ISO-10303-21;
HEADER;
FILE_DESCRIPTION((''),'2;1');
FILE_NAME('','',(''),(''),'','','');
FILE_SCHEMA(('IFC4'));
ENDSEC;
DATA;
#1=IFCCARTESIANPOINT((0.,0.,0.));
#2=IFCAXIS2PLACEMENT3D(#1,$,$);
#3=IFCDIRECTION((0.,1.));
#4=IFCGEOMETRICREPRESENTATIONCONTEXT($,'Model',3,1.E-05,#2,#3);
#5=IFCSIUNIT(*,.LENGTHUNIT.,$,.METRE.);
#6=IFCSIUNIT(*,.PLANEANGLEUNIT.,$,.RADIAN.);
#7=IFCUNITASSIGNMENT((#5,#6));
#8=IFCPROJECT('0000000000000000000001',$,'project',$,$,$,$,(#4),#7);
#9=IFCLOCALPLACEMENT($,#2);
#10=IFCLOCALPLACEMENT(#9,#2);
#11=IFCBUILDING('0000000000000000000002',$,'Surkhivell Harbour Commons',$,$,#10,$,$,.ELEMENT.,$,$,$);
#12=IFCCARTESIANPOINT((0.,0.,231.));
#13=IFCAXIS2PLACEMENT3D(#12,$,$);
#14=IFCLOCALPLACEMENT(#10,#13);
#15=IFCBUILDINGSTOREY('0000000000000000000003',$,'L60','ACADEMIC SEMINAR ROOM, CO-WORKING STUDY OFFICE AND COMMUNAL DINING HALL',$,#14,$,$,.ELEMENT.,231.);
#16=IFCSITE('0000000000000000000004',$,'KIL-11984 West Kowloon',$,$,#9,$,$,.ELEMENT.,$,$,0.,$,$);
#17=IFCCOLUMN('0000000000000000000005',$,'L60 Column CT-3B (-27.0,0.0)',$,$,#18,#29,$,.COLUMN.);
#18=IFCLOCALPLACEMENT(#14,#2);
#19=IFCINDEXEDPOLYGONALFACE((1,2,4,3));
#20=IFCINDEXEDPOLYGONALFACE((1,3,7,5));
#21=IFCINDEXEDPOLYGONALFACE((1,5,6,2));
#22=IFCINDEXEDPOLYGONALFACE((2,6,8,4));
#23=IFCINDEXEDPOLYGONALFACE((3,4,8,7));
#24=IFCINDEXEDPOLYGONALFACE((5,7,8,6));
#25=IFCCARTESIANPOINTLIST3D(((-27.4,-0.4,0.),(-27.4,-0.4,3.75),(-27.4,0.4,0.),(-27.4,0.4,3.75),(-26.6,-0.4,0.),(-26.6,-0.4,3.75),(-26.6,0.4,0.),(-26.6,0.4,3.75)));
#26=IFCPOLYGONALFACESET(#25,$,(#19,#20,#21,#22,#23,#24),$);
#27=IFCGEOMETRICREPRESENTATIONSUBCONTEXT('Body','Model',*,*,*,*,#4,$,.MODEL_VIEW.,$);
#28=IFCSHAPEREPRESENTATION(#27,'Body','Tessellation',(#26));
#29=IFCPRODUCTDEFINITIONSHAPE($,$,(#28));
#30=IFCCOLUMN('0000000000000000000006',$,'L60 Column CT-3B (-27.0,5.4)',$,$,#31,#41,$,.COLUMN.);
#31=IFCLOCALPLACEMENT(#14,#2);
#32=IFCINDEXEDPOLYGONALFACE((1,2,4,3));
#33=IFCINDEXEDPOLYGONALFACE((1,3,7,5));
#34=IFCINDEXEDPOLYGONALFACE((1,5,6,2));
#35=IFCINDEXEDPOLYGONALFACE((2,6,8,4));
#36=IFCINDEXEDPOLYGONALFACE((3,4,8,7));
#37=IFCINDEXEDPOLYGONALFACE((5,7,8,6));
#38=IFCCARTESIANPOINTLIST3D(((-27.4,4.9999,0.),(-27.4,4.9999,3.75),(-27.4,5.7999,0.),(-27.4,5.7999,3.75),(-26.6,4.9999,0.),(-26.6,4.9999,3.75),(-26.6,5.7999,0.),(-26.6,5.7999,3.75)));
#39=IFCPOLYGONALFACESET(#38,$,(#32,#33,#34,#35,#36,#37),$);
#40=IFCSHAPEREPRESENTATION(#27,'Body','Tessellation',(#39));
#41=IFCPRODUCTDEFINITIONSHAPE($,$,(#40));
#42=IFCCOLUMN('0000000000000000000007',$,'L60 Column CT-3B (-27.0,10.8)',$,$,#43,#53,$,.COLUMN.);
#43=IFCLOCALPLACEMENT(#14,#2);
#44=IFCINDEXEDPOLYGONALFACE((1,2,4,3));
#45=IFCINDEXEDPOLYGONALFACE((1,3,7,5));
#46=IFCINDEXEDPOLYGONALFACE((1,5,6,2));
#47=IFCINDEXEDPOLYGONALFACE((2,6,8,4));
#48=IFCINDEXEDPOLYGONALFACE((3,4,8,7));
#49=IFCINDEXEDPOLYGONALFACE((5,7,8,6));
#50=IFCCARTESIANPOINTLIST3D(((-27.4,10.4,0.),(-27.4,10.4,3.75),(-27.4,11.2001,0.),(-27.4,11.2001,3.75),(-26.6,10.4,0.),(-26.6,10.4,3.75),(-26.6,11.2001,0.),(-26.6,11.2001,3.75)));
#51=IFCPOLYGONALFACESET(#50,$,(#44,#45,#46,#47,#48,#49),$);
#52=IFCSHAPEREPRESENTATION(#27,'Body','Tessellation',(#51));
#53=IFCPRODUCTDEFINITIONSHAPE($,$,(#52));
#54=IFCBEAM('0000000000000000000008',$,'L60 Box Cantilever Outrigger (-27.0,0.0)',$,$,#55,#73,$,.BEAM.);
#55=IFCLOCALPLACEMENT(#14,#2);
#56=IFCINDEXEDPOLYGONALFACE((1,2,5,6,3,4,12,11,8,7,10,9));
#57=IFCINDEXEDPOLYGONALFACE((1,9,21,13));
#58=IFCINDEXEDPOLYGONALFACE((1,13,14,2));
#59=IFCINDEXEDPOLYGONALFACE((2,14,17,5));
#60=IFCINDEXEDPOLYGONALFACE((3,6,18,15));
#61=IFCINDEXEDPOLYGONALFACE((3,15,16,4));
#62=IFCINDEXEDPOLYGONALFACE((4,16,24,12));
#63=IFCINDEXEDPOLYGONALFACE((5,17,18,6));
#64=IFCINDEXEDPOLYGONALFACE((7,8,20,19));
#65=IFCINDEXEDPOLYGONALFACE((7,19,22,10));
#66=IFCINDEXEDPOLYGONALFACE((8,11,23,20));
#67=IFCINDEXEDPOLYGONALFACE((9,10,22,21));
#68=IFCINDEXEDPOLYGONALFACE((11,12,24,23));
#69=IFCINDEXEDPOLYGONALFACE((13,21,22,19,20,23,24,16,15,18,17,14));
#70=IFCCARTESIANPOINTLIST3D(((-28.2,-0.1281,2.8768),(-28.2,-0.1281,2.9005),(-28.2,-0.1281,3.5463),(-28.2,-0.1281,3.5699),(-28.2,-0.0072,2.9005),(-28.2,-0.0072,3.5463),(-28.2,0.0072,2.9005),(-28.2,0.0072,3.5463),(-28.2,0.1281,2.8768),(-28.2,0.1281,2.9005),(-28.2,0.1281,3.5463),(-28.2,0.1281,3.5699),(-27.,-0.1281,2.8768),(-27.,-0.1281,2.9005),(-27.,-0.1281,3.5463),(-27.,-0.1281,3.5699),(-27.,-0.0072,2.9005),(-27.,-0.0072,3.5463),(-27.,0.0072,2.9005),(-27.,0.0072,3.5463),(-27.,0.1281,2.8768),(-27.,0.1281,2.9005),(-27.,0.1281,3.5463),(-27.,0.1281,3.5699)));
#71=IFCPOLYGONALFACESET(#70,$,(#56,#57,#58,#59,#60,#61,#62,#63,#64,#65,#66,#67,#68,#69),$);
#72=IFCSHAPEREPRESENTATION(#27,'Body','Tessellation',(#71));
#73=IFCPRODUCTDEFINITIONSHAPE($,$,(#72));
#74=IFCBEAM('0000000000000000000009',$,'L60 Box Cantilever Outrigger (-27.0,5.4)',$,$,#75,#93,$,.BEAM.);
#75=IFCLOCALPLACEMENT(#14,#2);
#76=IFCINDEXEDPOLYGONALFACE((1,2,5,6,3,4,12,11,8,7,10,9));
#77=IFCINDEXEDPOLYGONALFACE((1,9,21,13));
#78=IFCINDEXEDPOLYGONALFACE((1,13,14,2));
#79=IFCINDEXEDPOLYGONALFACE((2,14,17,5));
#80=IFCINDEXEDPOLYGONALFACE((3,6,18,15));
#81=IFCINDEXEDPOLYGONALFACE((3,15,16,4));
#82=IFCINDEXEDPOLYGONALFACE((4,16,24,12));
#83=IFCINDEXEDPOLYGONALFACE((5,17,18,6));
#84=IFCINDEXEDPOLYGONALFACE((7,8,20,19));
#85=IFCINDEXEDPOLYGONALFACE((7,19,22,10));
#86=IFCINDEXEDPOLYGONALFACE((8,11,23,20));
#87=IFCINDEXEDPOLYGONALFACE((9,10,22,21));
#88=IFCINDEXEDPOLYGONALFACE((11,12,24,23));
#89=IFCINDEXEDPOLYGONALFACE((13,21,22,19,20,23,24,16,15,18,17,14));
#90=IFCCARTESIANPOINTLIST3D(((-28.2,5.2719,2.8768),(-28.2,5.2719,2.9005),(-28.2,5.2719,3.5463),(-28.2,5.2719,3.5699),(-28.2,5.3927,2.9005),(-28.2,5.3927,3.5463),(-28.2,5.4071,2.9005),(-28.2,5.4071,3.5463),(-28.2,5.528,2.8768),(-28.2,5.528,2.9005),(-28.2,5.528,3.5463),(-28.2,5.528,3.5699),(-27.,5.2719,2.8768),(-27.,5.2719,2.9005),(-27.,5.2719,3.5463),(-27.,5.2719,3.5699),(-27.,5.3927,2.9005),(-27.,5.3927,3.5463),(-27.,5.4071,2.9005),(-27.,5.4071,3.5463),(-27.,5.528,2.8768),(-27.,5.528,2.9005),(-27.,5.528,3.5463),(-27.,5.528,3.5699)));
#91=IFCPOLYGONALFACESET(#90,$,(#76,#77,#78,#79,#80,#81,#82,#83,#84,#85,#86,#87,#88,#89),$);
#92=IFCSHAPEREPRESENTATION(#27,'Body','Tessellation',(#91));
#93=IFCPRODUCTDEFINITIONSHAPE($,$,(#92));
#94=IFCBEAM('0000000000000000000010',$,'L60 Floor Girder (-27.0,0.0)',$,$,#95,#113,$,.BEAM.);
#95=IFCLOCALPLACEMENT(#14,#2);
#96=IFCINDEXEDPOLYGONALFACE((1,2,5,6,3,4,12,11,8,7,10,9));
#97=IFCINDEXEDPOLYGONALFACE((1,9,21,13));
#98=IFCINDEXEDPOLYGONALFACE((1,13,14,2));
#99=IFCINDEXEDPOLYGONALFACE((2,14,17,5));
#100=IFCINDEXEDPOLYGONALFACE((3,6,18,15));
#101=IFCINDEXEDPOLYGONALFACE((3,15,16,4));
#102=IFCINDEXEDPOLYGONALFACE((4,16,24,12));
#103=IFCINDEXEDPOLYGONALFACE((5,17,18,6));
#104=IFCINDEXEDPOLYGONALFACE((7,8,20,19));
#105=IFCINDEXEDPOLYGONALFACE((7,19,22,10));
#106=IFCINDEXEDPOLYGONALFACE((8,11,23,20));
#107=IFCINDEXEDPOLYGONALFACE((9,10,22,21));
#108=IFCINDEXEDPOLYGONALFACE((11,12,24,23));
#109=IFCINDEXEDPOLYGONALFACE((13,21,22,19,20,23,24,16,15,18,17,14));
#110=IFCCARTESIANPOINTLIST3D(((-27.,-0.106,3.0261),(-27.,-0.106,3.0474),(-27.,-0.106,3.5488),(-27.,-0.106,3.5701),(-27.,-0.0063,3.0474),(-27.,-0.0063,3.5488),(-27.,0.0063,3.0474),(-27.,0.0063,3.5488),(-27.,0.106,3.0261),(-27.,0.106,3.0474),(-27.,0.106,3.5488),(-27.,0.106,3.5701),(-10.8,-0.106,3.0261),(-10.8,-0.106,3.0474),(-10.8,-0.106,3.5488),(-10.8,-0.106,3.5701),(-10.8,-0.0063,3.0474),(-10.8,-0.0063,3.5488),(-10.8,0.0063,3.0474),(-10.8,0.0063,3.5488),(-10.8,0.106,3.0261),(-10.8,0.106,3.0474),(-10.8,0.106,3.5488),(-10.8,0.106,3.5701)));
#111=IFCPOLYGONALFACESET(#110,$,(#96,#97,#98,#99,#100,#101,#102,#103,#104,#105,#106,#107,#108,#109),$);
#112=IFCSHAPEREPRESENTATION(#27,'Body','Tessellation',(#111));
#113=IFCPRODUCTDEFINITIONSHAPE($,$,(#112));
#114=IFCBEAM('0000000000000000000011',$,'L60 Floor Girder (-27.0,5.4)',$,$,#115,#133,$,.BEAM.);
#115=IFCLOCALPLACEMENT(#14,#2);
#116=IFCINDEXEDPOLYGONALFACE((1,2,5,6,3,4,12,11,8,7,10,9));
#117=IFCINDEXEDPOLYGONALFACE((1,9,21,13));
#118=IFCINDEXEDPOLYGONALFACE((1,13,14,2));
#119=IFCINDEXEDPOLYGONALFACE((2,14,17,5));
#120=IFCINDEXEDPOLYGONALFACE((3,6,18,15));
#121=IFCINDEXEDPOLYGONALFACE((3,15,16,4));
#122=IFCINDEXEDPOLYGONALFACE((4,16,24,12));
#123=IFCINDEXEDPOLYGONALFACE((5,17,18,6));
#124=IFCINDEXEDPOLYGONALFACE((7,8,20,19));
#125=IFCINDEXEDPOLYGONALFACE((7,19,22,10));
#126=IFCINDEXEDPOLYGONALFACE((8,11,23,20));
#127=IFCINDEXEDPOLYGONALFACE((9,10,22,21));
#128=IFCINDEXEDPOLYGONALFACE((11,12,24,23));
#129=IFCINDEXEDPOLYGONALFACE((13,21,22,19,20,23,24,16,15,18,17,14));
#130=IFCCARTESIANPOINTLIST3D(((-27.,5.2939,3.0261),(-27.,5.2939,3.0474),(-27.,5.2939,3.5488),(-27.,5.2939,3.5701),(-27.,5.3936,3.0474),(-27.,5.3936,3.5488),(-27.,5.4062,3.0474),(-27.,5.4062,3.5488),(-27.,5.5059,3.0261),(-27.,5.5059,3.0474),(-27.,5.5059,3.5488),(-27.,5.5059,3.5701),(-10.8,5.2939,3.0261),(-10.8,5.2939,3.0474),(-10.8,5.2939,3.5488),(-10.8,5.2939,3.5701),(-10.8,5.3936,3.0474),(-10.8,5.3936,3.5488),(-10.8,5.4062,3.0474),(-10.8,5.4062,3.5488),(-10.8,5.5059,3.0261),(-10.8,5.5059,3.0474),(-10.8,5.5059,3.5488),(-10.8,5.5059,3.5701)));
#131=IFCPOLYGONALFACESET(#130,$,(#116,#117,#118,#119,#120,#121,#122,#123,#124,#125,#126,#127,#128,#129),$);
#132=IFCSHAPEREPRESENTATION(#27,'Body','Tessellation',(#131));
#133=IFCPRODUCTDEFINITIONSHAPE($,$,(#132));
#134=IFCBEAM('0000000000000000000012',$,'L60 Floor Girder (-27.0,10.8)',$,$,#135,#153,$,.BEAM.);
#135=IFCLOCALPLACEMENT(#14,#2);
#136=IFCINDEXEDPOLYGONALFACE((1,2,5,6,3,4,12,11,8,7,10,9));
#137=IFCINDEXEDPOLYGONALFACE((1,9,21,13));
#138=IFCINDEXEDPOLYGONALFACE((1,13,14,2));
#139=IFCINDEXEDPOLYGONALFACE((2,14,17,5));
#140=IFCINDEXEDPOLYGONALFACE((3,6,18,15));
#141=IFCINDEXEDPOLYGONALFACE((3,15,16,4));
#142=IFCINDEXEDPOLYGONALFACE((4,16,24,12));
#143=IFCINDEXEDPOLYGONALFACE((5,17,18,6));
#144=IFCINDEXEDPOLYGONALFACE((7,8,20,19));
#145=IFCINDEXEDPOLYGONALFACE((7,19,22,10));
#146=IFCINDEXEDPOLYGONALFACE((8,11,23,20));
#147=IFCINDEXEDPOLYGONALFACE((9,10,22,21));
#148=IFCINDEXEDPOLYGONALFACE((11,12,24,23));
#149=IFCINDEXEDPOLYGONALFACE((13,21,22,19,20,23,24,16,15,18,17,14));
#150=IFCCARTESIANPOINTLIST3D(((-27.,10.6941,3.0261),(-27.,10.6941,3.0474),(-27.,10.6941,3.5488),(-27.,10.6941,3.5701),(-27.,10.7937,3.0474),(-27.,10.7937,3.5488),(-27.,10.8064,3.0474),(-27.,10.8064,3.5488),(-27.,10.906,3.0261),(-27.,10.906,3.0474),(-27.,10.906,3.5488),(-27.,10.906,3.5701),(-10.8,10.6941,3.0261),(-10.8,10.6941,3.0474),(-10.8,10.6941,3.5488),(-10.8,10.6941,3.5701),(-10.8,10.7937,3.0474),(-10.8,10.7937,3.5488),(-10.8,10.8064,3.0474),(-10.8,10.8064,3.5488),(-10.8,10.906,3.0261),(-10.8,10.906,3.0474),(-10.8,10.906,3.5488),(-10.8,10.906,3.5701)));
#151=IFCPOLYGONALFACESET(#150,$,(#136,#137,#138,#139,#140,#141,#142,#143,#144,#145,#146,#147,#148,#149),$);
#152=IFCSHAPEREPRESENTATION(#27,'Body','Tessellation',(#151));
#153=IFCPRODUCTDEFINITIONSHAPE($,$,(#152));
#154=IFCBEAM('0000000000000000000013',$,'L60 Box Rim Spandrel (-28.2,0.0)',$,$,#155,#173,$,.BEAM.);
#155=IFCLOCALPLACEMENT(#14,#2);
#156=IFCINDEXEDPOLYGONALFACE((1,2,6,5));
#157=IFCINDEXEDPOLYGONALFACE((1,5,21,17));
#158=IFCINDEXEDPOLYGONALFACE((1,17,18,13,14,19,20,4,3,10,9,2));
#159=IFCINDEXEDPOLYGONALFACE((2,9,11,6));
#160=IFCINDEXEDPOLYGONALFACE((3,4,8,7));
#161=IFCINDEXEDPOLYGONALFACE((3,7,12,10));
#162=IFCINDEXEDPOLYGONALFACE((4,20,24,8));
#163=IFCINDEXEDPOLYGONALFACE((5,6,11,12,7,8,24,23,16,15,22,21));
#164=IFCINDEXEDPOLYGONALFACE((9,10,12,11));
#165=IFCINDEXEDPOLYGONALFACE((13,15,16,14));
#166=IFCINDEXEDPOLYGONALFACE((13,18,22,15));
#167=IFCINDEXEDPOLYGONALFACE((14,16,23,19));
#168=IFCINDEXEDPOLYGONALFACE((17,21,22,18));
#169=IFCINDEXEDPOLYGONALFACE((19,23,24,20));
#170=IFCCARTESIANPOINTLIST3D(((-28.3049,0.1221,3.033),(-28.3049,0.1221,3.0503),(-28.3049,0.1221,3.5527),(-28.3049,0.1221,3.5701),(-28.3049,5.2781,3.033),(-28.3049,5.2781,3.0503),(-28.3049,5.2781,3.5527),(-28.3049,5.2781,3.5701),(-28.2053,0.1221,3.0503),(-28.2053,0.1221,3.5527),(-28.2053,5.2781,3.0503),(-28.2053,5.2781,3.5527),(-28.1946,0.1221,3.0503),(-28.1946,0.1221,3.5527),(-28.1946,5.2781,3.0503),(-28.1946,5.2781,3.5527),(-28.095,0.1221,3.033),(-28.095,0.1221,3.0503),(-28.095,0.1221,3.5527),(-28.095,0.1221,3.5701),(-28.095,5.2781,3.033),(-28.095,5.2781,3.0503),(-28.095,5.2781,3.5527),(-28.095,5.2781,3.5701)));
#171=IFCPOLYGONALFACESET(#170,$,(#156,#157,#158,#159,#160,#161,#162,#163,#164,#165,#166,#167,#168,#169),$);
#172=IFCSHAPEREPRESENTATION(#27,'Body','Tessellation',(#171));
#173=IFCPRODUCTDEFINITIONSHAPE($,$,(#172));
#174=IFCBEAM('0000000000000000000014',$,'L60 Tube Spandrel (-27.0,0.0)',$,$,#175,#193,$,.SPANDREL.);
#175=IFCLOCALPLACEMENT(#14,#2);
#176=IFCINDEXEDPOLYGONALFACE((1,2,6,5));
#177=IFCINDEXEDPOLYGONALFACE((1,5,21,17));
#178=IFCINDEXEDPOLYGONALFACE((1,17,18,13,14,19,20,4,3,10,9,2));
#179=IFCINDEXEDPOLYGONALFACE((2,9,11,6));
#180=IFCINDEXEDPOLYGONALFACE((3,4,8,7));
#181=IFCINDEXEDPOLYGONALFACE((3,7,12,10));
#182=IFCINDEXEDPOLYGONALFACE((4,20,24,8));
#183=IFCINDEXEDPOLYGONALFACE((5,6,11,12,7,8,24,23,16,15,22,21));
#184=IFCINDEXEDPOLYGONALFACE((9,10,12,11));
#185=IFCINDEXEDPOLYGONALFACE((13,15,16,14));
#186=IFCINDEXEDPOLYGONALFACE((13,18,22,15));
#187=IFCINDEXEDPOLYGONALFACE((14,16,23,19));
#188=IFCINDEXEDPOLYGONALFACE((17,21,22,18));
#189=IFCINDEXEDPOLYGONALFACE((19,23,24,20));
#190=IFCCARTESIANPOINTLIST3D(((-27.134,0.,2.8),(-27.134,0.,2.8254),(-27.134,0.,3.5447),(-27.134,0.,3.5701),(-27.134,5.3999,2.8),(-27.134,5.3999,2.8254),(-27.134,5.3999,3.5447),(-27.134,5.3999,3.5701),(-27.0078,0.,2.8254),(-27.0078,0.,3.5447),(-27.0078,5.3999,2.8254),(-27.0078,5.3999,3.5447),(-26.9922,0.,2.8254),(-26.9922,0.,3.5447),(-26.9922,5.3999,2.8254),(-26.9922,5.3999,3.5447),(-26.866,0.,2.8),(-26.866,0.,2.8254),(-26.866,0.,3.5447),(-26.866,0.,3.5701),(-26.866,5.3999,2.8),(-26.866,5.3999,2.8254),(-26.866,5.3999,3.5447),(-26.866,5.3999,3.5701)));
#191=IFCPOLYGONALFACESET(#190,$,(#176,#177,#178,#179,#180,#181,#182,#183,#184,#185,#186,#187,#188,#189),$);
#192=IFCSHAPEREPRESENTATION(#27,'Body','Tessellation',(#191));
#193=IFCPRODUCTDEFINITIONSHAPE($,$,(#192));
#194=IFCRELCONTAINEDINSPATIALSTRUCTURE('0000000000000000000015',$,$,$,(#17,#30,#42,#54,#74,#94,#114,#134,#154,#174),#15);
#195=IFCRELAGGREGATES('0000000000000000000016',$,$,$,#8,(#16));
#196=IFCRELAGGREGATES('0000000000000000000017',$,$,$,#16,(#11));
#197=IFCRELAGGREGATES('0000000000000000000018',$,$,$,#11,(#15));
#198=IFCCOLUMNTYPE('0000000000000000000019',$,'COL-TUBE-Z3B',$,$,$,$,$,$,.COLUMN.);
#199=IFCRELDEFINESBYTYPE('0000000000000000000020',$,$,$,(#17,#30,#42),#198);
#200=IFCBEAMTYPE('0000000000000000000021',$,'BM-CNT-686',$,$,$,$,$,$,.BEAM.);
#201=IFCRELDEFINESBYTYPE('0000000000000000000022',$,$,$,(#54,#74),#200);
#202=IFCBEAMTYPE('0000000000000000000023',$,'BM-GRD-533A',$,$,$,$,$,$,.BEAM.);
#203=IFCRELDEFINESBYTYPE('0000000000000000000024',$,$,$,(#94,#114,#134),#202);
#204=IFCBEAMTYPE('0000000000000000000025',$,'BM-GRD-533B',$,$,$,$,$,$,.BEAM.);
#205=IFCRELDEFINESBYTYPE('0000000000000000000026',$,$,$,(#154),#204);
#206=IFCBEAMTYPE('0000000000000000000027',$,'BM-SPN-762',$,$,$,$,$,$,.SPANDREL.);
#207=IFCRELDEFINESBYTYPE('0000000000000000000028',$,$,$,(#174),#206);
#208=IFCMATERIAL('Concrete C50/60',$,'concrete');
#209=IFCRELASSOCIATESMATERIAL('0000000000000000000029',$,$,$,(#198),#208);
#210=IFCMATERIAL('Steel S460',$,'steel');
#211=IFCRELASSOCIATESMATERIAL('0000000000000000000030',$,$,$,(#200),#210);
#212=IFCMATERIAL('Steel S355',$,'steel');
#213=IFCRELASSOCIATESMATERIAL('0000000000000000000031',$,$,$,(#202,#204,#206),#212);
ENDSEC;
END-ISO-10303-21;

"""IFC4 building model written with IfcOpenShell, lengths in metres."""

from ifc_helpers import new_model, si_unit, direction, frame, origin, origin_2d, place, context, subcontext, project, spatial, rectangle, i_section, extrude, material, material_profile, profile_set, type_object, element, save


model = new_model("IFC4")

# Units and contexts
model_context = context("Model", 3, precision=1e-05, world=origin(), true_north=direction((0.0, 1.0)))
body_context = subcontext(model_context, "Body", "Model", "MODEL_VIEW")
ifc_project = project(units=[si_unit("LENGTHUNIT", "METRE"), si_unit("PLANEANGLEUNIT", "RADIAN")], contexts=[model_context])

# Site, building, storey
site_placement = place(None, origin())
site = spatial("IfcSite", under=ifc_project, at=site_placement, Name="KIL-11984 West Kowloon", CompositionType="ELEMENT", RefElevation=0.0)
building_placement = place(site_placement, origin())
building = spatial("IfcBuilding", under=site, at=building_placement, Name="Surkhivell Harbour Commons", CompositionType="ELEMENT")
storey_placement = place(building_placement, frame((0.0, 0.0, 231.0)))
storey = spatial("IfcBuildingStorey", under=building, at=storey_placement, Name="L60", Description="ACADEMIC SEMINAR ROOM, CO-WORKING STUDY OFFICE AND COMMUNAL DINING HALL", CompositionType="ELEMENT", Elevation=231.0)

# Columns
ifc_material_1 = material(Name="Concrete C50/60", Category="concrete")
ifc_material_profile_1 = material_profile(ifc_material_1, rectangle(XDim=0.8, YDim=0.8, at=origin_2d()), Name="RC-COL-800x800")
ifc_profile_set_1 = profile_set([ifc_material_profile_1], Name="Concrete C50/60")
column_type = type_object("IfcColumnType", Name="COL-TUBE-Z3B", PredefinedType="COLUMN", material=ifc_profile_set_1)
for number, where, z_axis, x_axis, name in (
    (1, (-27.0, 0.0, 0.0), (0.0, 0.0, 1.0), (1.0, 0.0, 0.0), "L60 Column CT-3B (-27.0,0.0)"),
    (2, (-27.0, 5.3999, 0.0), (0.0, 0.0, 1.0), (1.0, 0.0, 0.0), "L60 Column CT-3B (-27.0,5.4)"),
    (3, (-27.0, 10.8, 0.0), (0.0, 0.0, 1.0), (1.0, 0.0, 0.0), "L60 Column CT-3B (-27.0,10.8)"),
):
    element("IfcColumn", number, at=place(storey_placement, frame(where, z_axis=z_axis, x_axis=x_axis)), inside=storey, type_object=column_type, Name=name, PredefinedType="COLUMN", context=body_context, shape_type="SweptSolid", body=[
        extrude(rectangle(XDim=0.8, YDim=0.8, at=origin_2d()), origin(), (0.0, 0.0, 1.0), 3.75),
    ])

# Beams
ifc_material_2 = material(Name="Steel S460", Category="steel")
ifc_material_profile_2 = material_profile(ifc_material_2, i_section(OverallWidth=0.2561, OverallDepth=0.6931, WebThickness=0.0144, FlangeThickness=0.0237, at=origin_2d()), Name="UB686x254x170")
ifc_profile_set_2 = profile_set([ifc_material_profile_2], Name="Steel S460")
beam_type_1 = type_object("IfcBeamType", Name="BM-CNT-686", PredefinedType="BEAM", material=ifc_profile_set_2)
for number, where, z_axis, x_axis, name in (
    (4, (-27.0, 0.0, 3.2234), (-1.0, 0.0, 0.0), (0.0, -1.0, 0.0), "L60 Box Cantilever Outrigger (-27.0,0.0)"),
    (5, (-27.0, 5.3999, 3.2234), (-1.0, 0.0, 0.0), (0.0, -1.0, 0.0), "L60 Box Cantilever Outrigger (-27.0,5.4)"),
):
    element("IfcBeam", number, at=place(storey_placement, frame(where, z_axis=z_axis, x_axis=x_axis)), inside=storey, type_object=beam_type_1, Name=name, PredefinedType="BEAM", context=body_context, shape_type="SweptSolid", body=[
        extrude(i_section(OverallWidth=0.2561, OverallDepth=0.6931, WebThickness=0.0144, FlangeThickness=0.0237, at=origin_2d()), origin(), (0.0, 0.0, 1.0), 1.2),
    ])
ifc_material_3 = material(Name="Steel S355", Category="steel")
ifc_material_profile_3 = material_profile(ifc_material_3, i_section(OverallWidth=0.2119, OverallDepth=0.5439, WebThickness=0.0127, FlangeThickness=0.0212, at=origin_2d()), Name="UB533x210x122")
ifc_profile_set_3 = profile_set([ifc_material_profile_3], Name="Steel S355")
beam_type_2 = type_object("IfcBeamType", Name="BM-GRD-533A", PredefinedType="BEAM", material=ifc_profile_set_3)
for number, where, z_axis, x_axis, name in (
    (6, (-27.0, 0.0, 3.2981), (1.0, 0.0, 0.0), (0.0, 1.0, 0.0), "L60 Floor Girder (-27.0,0.0)"),
    (7, (-27.0, 5.3999, 3.2981), (1.0, 0.0, 0.0), (0.0, 1.0, 0.0), "L60 Floor Girder (-27.0,5.4)"),
    (8, (-27.0, 10.8, 3.2981), (1.0, 0.0, 0.0), (0.0, 1.0, 0.0), "L60 Floor Girder (-27.0,10.8)"),
):
    element("IfcBeam", number, at=place(storey_placement, frame(where, z_axis=z_axis, x_axis=x_axis)), inside=storey, type_object=beam_type_2, Name=name, PredefinedType="BEAM", context=body_context, shape_type="SweptSolid", body=[
        extrude(i_section(OverallWidth=0.2119, OverallDepth=0.5439, WebThickness=0.0127, FlangeThickness=0.0212, at=origin_2d()), origin(), (0.0, 0.0, 1.0), 16.2),
    ])
ifc_material_profile_4 = material_profile(ifc_material_3, i_section(OverallWidth=0.21, OverallDepth=0.5371, WebThickness=0.0107, FlangeThickness=0.0173, at=origin_2d()), Name="UB533x210x101")
ifc_profile_set_4 = profile_set([ifc_material_profile_4], Name="Steel S355")
beam_type_3 = type_object("IfcBeamType", Name="BM-GRD-533B", PredefinedType="BEAM", material=ifc_profile_set_4)
beam_1_placement = place(storey_placement, frame((-28.2, 0.1221, 3.3015), z_axis=(0.0, 1.0, 0.0), x_axis=(-1.0, 0.0, 0.0)))
element("IfcBeam", 9, at=beam_1_placement, inside=storey, type_object=beam_type_3, Name="L60 Box Rim Spandrel (-28.2,0.0)", PredefinedType="BEAM", context=body_context, shape_type="SweptSolid", body=[
    extrude(i_section(OverallWidth=0.21, OverallDepth=0.5371, WebThickness=0.0107, FlangeThickness=0.0173, at=origin_2d()), origin(), (0.0, 0.0, 1.0), 5.156),
])
ifc_material_profile_5 = material_profile(ifc_material_3, i_section(OverallWidth=0.2681, OverallDepth=0.77, WebThickness=0.0156, FlangeThickness=0.0254, at=origin_2d()), Name="UB762x267x197")
ifc_profile_set_5 = profile_set([ifc_material_profile_5], Name="Steel S355")
beam_type_4 = type_object("IfcBeamType", Name="BM-SPN-762", PredefinedType="SPANDREL", material=ifc_profile_set_5)
beam_2_placement = place(storey_placement, frame((-27.0, 0.0, 3.1851), z_axis=(0.0, 1.0, 0.0), x_axis=(-1.0, 0.0, 0.0)))
element("IfcBeam", 10, at=beam_2_placement, inside=storey, type_object=beam_type_4, Name="L60 Tube Spandrel (-27.0,0.0)", PredefinedType="SPANDREL", context=body_context, shape_type="SweptSolid", body=[
    extrude(i_section(OverallWidth=0.2681, OverallDepth=0.77, WebThickness=0.0156, FlangeThickness=0.0254, at=origin_2d()), origin(), (0.0, 0.0, 1.0), 5.3999),
])

save(model, "model.ifc")
